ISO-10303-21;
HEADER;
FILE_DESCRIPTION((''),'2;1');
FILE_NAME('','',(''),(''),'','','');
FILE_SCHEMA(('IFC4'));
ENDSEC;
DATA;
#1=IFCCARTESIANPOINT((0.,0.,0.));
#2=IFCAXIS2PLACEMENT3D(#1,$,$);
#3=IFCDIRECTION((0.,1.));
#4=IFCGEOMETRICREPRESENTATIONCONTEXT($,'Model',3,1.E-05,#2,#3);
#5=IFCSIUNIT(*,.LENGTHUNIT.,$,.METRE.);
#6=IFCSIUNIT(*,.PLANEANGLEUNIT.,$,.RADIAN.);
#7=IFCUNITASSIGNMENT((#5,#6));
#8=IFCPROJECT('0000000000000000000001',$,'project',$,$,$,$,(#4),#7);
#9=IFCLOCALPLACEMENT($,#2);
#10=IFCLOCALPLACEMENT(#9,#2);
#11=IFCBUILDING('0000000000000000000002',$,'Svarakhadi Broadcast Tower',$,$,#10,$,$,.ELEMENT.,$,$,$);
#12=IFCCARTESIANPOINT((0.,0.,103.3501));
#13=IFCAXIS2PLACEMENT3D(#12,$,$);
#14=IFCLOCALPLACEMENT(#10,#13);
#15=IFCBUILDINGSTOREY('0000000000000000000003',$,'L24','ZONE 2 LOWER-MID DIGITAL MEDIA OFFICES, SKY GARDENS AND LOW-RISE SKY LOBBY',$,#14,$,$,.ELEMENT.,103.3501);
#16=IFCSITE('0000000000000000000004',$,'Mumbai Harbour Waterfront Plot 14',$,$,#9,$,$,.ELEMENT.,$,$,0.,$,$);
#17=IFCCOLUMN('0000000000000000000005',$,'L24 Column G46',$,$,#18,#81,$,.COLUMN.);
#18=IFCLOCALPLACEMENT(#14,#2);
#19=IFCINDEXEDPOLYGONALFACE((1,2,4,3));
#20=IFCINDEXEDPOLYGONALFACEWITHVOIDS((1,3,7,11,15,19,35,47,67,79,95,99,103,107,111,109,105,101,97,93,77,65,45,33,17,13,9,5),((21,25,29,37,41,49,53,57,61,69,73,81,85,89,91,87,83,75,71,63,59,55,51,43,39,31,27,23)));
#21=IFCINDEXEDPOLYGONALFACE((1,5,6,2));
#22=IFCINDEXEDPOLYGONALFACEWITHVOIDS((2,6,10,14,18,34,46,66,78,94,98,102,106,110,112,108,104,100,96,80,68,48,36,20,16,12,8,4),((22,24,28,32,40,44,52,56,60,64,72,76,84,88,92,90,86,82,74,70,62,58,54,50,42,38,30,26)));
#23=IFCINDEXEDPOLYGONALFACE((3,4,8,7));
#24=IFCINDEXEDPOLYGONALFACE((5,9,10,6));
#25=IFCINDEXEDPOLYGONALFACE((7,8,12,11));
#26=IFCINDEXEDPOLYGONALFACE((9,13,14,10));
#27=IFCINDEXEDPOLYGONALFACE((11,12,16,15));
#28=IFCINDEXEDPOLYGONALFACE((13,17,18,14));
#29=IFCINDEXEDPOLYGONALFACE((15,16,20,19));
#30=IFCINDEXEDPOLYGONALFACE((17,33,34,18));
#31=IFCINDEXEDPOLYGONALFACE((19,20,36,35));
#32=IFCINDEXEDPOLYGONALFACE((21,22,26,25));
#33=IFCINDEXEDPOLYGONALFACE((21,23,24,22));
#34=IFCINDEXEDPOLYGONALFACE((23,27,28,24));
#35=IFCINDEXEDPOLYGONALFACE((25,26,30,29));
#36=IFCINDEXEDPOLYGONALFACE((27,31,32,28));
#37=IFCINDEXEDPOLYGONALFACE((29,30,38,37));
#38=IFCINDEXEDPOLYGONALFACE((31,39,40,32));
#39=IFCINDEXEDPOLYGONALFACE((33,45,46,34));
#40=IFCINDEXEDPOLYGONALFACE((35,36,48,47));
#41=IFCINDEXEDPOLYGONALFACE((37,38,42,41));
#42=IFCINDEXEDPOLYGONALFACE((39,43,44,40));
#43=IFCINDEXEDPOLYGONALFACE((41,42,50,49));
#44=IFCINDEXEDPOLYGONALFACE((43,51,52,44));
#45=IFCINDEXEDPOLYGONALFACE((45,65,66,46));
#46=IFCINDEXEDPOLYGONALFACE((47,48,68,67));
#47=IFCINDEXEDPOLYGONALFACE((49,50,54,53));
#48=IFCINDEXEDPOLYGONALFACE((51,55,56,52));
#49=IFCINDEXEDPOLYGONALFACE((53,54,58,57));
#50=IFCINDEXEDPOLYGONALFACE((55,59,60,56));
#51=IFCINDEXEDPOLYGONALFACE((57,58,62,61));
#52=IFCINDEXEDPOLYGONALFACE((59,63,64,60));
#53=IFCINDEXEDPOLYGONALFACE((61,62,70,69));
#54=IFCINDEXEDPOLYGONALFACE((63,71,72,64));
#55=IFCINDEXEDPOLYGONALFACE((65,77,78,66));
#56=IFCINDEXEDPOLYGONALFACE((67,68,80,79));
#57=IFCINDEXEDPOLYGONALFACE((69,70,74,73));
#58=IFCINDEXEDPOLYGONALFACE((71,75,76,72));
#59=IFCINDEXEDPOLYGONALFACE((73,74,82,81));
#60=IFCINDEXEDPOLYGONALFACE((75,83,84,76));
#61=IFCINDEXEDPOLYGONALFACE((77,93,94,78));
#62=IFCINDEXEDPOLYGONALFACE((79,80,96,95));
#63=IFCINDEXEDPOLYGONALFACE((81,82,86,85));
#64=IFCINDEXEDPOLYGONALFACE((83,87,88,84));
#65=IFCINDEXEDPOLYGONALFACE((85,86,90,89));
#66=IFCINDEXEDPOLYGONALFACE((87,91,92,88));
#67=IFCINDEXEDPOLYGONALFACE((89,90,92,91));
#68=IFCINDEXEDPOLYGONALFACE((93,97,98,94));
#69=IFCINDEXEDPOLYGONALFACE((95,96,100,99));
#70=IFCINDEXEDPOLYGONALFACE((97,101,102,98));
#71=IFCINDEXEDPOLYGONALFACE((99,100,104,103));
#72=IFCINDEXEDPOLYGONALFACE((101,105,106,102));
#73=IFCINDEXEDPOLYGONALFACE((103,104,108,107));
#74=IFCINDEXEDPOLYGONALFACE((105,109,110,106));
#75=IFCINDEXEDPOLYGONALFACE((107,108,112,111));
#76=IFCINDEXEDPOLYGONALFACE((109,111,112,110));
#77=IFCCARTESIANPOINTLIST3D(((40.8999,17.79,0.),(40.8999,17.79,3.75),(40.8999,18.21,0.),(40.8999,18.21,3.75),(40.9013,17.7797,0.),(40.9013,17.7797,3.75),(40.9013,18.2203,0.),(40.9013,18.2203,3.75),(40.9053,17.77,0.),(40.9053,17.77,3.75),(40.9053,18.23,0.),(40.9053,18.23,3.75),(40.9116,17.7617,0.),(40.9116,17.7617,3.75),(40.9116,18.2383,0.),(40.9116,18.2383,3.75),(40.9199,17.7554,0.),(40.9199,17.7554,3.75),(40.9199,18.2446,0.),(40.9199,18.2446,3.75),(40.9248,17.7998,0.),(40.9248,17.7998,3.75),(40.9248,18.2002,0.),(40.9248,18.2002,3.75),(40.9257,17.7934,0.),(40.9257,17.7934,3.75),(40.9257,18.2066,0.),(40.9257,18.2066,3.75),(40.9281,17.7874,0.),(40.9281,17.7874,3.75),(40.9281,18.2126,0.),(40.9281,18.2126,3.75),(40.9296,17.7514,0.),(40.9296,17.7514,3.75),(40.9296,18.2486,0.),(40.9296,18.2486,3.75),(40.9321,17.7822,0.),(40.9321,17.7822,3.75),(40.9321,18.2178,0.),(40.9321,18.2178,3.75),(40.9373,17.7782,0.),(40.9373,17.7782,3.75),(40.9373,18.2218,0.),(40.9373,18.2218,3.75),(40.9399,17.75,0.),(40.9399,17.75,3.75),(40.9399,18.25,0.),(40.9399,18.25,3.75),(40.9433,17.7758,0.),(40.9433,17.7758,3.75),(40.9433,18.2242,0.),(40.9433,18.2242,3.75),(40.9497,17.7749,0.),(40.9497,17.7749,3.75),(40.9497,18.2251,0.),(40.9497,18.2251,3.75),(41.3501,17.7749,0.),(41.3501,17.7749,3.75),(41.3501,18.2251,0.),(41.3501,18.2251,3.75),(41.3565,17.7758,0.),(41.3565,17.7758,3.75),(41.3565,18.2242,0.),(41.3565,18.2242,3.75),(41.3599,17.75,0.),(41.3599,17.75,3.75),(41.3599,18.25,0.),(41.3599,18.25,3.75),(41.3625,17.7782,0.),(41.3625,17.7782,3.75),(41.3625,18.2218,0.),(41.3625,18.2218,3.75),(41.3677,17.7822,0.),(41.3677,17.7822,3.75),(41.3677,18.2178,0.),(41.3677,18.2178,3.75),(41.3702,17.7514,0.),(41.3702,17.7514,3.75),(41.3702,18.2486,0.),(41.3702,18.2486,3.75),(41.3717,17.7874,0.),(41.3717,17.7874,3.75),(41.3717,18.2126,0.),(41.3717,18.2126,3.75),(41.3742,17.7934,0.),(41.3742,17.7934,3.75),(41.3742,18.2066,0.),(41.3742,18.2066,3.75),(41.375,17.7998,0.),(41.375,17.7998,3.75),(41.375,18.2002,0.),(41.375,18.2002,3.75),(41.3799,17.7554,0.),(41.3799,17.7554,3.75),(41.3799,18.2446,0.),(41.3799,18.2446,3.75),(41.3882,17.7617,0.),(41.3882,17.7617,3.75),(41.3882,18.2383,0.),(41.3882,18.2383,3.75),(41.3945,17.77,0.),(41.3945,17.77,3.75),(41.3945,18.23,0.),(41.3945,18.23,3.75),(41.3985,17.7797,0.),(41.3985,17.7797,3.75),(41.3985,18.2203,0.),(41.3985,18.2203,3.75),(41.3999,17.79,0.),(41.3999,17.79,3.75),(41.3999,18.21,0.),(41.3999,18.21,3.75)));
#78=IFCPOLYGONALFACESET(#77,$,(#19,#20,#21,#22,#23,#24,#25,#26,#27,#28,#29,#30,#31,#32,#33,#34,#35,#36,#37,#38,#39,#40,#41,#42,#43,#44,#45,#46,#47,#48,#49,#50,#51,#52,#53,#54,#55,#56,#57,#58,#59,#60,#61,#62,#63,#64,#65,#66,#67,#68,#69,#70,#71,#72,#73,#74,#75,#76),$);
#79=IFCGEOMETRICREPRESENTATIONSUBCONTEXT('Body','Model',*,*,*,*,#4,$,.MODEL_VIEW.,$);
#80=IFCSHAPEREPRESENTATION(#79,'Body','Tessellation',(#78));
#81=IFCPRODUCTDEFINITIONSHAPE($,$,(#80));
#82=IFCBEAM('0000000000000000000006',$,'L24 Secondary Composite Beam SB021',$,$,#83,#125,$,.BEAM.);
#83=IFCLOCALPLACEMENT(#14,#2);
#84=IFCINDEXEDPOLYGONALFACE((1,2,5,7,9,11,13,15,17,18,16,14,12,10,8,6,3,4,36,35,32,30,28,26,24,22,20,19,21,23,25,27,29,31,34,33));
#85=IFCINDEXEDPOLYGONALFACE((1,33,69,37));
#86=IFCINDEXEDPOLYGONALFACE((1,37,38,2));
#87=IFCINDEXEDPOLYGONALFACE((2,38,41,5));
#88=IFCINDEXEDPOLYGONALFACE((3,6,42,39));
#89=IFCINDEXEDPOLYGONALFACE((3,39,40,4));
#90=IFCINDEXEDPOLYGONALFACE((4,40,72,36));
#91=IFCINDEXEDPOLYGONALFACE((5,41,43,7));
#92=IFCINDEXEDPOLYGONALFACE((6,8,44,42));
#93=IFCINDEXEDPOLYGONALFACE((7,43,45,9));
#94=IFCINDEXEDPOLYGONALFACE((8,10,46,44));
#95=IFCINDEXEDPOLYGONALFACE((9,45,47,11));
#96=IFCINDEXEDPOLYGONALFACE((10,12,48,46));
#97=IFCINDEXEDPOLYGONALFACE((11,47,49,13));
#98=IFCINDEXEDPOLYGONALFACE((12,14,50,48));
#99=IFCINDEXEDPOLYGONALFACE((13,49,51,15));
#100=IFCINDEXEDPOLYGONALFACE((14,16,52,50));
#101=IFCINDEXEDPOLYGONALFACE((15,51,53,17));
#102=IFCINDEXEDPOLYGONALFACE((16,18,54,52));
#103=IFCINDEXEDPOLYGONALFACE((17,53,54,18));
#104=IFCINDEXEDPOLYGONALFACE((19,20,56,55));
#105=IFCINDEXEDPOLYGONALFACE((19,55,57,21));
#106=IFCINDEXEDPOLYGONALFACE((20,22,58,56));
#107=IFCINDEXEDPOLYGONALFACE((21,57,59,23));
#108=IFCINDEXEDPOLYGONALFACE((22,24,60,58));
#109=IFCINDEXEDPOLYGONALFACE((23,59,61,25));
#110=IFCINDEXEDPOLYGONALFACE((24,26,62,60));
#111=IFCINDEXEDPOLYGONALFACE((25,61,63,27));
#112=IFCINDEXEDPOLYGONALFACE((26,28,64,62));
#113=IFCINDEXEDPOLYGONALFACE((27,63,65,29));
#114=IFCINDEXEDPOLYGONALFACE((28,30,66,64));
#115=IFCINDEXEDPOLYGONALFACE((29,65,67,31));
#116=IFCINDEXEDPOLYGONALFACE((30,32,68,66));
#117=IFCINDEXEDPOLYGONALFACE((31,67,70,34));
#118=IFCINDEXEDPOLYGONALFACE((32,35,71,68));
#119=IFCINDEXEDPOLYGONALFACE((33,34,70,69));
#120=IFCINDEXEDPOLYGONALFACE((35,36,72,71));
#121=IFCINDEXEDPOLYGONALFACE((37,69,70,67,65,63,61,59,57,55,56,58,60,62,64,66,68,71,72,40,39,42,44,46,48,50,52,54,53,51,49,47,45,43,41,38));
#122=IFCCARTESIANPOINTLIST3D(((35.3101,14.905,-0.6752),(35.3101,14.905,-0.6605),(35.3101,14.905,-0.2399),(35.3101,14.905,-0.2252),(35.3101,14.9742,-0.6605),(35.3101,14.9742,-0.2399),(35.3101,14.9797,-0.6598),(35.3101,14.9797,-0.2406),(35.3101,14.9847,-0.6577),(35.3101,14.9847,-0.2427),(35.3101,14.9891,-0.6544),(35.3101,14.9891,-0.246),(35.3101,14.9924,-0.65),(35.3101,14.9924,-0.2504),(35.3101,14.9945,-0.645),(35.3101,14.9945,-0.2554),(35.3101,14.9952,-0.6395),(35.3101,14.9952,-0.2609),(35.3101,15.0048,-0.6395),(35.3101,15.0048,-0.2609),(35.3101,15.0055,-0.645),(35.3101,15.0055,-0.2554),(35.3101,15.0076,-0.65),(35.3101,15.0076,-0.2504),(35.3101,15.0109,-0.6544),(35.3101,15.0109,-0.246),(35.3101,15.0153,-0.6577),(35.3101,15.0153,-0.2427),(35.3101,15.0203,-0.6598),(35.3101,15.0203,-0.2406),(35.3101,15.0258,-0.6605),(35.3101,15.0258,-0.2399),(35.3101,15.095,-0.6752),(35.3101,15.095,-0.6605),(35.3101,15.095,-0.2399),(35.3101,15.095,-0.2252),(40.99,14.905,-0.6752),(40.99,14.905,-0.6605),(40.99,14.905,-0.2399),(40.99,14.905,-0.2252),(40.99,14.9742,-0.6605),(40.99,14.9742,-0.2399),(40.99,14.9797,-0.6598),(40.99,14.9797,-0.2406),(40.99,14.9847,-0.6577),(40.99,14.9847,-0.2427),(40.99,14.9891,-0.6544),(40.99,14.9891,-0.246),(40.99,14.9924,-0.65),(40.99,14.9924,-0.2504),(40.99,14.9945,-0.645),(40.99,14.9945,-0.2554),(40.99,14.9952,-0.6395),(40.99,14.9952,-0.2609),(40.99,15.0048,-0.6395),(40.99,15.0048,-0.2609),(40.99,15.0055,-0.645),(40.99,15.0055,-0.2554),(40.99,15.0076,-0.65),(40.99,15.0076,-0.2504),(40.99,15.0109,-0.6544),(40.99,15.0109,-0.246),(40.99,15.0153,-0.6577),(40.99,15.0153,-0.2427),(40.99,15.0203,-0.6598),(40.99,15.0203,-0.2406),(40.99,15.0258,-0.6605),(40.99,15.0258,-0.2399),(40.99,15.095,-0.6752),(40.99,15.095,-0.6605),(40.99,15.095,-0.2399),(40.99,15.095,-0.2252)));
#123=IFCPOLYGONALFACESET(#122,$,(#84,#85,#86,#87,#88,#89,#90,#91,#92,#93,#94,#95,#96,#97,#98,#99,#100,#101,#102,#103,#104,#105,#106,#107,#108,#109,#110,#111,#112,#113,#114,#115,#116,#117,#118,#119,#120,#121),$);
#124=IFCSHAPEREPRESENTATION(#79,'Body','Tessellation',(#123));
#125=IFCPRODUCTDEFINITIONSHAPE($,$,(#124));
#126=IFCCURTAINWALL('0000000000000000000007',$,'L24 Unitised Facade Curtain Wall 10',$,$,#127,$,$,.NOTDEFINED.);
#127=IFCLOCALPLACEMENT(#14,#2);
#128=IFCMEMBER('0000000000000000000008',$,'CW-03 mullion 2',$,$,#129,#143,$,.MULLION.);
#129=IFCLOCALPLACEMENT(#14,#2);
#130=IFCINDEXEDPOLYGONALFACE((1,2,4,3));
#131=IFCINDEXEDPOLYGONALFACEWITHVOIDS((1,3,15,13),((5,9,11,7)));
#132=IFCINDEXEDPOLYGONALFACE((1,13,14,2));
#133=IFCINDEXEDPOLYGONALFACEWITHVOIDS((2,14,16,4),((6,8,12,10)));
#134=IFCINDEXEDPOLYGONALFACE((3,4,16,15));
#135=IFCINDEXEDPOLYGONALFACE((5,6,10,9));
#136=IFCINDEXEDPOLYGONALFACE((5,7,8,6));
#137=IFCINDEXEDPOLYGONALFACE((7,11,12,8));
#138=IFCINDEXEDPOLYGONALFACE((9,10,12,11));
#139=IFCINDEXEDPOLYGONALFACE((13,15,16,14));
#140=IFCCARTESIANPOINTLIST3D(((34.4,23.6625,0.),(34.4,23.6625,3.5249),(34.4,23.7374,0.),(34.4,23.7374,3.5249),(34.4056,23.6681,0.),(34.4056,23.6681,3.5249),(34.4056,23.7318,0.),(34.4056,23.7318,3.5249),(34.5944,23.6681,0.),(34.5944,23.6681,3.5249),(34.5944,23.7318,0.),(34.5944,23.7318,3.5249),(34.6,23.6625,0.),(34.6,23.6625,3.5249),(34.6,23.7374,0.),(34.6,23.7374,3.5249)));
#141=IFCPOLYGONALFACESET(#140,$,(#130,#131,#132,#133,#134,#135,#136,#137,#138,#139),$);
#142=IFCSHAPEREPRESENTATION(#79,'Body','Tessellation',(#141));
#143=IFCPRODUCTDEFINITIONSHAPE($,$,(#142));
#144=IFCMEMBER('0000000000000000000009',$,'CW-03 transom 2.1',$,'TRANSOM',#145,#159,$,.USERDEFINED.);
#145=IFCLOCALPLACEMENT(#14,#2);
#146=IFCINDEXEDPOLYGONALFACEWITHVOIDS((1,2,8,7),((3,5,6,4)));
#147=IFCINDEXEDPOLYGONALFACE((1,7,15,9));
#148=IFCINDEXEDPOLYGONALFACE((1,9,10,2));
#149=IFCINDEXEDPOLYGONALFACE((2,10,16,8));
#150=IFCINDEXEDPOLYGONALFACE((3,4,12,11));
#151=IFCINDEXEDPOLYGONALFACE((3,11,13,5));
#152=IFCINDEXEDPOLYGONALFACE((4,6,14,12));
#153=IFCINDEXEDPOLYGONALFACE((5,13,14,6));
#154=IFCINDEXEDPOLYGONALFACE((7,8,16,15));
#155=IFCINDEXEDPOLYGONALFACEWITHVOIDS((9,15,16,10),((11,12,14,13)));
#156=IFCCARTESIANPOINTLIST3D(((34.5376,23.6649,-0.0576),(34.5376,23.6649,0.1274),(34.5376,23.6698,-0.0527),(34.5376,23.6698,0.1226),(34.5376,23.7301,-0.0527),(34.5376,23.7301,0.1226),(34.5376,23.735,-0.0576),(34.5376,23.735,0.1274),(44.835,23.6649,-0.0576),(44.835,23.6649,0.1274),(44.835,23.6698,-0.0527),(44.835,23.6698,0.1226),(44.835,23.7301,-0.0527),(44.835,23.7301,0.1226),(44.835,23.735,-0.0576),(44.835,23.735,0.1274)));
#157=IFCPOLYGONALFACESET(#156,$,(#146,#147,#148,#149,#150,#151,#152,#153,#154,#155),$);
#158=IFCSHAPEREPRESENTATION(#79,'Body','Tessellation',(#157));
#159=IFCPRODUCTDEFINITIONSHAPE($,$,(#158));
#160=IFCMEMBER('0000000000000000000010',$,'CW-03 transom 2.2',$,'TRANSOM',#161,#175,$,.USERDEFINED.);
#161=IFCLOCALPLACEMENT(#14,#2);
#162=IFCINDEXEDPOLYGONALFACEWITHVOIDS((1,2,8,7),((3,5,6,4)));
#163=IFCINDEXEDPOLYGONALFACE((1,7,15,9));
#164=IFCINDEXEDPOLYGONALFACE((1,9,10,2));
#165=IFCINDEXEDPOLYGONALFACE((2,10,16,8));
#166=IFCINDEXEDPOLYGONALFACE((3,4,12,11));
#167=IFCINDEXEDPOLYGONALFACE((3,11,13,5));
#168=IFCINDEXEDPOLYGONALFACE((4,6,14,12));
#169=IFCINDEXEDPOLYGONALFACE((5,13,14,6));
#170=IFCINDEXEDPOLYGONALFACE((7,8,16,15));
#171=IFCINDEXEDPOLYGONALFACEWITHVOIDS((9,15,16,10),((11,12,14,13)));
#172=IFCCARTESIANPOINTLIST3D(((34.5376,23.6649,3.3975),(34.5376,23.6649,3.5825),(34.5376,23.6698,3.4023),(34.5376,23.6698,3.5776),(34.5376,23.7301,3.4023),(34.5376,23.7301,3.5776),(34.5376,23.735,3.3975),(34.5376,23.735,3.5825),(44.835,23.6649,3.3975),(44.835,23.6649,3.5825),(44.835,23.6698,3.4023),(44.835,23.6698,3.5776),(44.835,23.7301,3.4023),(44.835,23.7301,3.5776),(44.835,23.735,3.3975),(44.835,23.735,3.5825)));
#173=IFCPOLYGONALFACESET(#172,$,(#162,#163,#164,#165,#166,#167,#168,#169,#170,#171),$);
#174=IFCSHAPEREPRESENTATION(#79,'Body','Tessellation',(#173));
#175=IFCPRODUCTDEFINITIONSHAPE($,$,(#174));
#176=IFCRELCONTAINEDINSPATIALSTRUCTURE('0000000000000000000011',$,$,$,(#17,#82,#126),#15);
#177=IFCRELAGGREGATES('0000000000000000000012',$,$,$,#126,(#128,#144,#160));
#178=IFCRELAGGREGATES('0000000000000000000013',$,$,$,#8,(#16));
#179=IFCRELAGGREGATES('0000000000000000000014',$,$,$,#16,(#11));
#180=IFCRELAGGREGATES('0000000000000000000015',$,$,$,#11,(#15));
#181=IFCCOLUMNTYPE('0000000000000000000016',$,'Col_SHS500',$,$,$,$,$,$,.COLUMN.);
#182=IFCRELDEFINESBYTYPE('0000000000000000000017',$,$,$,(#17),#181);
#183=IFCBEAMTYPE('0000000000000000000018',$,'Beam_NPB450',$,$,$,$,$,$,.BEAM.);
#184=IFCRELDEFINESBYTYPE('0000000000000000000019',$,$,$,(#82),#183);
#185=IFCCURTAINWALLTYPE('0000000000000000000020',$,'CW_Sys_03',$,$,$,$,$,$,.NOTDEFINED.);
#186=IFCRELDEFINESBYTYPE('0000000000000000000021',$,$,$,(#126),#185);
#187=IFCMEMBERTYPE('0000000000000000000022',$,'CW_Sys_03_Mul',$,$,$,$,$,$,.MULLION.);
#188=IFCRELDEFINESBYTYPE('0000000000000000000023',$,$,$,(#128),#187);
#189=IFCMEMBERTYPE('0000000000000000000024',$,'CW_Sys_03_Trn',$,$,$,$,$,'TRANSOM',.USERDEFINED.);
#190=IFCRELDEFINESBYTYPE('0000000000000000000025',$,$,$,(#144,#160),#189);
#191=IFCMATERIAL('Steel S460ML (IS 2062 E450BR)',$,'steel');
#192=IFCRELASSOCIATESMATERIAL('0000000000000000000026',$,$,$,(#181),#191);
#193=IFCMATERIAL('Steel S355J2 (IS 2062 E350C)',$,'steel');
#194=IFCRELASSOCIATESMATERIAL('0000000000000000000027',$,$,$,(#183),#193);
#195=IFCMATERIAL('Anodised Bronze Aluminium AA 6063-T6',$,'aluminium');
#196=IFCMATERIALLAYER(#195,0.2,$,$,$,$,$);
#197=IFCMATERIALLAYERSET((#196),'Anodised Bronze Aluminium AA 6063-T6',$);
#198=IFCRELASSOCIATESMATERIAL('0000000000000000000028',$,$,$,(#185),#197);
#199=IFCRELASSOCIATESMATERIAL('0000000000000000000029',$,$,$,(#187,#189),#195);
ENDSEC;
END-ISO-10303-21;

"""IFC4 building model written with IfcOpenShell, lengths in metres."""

from ifc_helpers import new_model, si_unit, direction, frame, origin, origin_2d, place, context, subcontext, project, spatial, hollow_rectangle, i_section, extrude, material, layer, layer_set, material_profile, profile_set, type_object, element, aggregate, save


model = new_model("IFC4")

# Units and contexts
model_context = context("Model", 3, precision=1e-05, world=origin(), true_north=direction((0.0, 1.0)))
body_context = subcontext(model_context, "Body", "Model", "MODEL_VIEW")
ifc_project = project(units=[si_unit("LENGTHUNIT", "METRE"), si_unit("PLANEANGLEUNIT", "RADIAN")], contexts=[model_context])

# Site, building, storey
site_placement = place(None, origin())
site = spatial("IfcSite", under=ifc_project, at=site_placement, Name="Mumbai Harbour Waterfront Plot 14", CompositionType="ELEMENT", RefElevation=0.0)
building_placement = place(site_placement, origin())
building = spatial("IfcBuilding", under=site, at=building_placement, Name="Svarakhadi Broadcast Tower", CompositionType="ELEMENT")
storey_placement = place(building_placement, frame((0.0, 0.0, 103.3501)))
storey = spatial("IfcBuildingStorey", under=building, at=storey_placement, Name="L24", Description="ZONE 2 LOWER-MID DIGITAL MEDIA OFFICES, SKY GARDENS AND LOW-RISE SKY LOBBY", CompositionType="ELEMENT", Elevation=103.3501)

# Column
ifc_material_1 = material(Name="Steel S460ML (IS 2062 E450BR)", Category="steel")
ifc_material_profile_1 = material_profile(ifc_material_1, hollow_rectangle(XDim=0.5, YDim=0.5, WallThickness=0.0249, InnerFilletRadius=0.0249, OuterFilletRadius=0.04, at=origin_2d()), Name="SHS 500x500x25")
ifc_profile_set_1 = profile_set([ifc_material_profile_1], Name="Steel S460ML (IS 2062 E450BR)")
column_type_1 = type_object("IfcColumnType", Name="Col_SHS500", PredefinedType="COLUMN", material=ifc_profile_set_1)
for number, where, z_axis, x_axis, name in (
    (1, (41.1499, 18.0, 0.0), (0.0, 0.0, 1.0), (1.0, 0.0, 0.0), "L24 Column G46"),
):
    element("IfcColumn", number, at=place(storey_placement, frame(where, z_axis=z_axis, x_axis=x_axis)), inside=storey, type_object=column_type_1, Name=name, PredefinedType="COLUMN", context=body_context, shape_type="SweptSolid", body=[
        extrude(hollow_rectangle(XDim=0.5, YDim=0.5, WallThickness=0.0249, InnerFilletRadius=0.0249, OuterFilletRadius=0.04, at=origin_2d()), origin(), (0.0, 0.0, 1.0), 3.75),
    ])

# Beam
ifc_material_2 = material(Name="Steel S355J2 (IS 2062 E350C)", Category="steel")
ifc_material_profile_2 = material_profile(ifc_material_2, i_section(OverallWidth=0.1899, OverallDepth=0.45, WebThickness=0.0095, FlangeThickness=0.0146, FilletRadius=0.021, at=origin_2d()), Name="NPB 450x190x78")
ifc_profile_set_2 = profile_set([ifc_material_profile_2], Name="Steel S355J2 (IS 2062 E350C)")
beam_type_1 = type_object("IfcBeamType", Name="Beam_NPB450", PredefinedType="BEAM", material=ifc_profile_set_2)
beam_1_placement = place(storey_placement, frame((35.3101, 15.0, -0.4502), z_axis=(1.0, 0.0, 0.0), x_axis=(0.0, 1.0, 0.0)))
element("IfcBeam", 2, at=beam_1_placement, inside=storey, type_object=beam_type_1, Name="L24 Secondary Composite Beam SB021", PredefinedType="BEAM", context=body_context, shape_type="SweptSolid", body=[
    extrude(i_section(OverallWidth=0.1899, OverallDepth=0.45, WebThickness=0.0095, FlangeThickness=0.0146, FilletRadius=0.021, at=origin_2d()), origin(), (0.0, 0.0, 1.0), 5.6799),
])

# Curtain wall, members
ifc_material_3 = material(Name="Anodised Bronze Aluminium AA 6063-T6", Category="aluminium")
ifc_layer_1 = layer(ifc_material_3, 0.2)
ifc_layer_set_1 = layer_set([ifc_layer_1], Name="Anodised Bronze Aluminium AA 6063-T6")
curtain_wall_type = type_object("IfcCurtainWallType", Name="CW_Sys_03", PredefinedType="NOTDEFINED", material=ifc_layer_set_1)
curtain_wall_placement = place(storey_placement, origin())
curtain_wall = element("IfcCurtainWall", 3, at=curtain_wall_placement, inside=storey, type_object=curtain_wall_type, Name="L24 Unitised Facade Curtain Wall 10", PredefinedType="NOTDEFINED")
ifc_material_profile_3 = material_profile(ifc_material_3, hollow_rectangle(XDim=0.075, YDim=0.2, WallThickness=0.0056, at=origin_2d()), Name="ALU MULLION 200x75x6")
ifc_profile_set_3 = profile_set([ifc_material_profile_3], Name="Anodised Bronze Aluminium AA 6063-T6")
member_type_1 = type_object("IfcMemberType", Name="CW_Sys_03_Mul", PredefinedType="MULLION", material=ifc_profile_set_3)
member_1_placement = place(storey_placement, frame((34.5, 23.7, 0.0), z_axis=(0.0, 0.0, 1.0), x_axis=(0.0, 1.0, 0.0)))
member_1 = element("IfcMember", 4, at=member_1_placement, type_object=member_type_1, Name="CW-03 mullion 2", PredefinedType="MULLION", context=body_context, shape_type="SweptSolid", body=[
    extrude(hollow_rectangle(XDim=0.075, YDim=0.2, WallThickness=0.0056, at=origin_2d()), origin(), (0.0, 0.0, 1.0), 3.5249),
])
ifc_material_profile_4 = material_profile(ifc_material_3, hollow_rectangle(XDim=0.0701, YDim=0.1851, WallThickness=0.0049, at=origin_2d()), Name="ALU TRANSOM 185x70x5")
ifc_profile_set_4 = profile_set([ifc_material_profile_4], Name="Anodised Bronze Aluminium AA 6063-T6")
member_type_2 = type_object("IfcMemberType", Name="CW_Sys_03_Trn", ElementType="TRANSOM", PredefinedType="USERDEFINED", material=ifc_profile_set_4)
member_2_placement = place(storey_placement, frame((34.5376, 23.7, 0.0349), z_axis=(1.0, 0.0, 0.0), x_axis=(0.0, 1.0, 0.0)))
member_2 = element("IfcMember", 5, at=member_2_placement, type_object=member_type_2, Name="CW-03 transom 2.1", ObjectType="TRANSOM", PredefinedType="USERDEFINED", context=body_context, shape_type="SweptSolid", body=[
    extrude(hollow_rectangle(XDim=0.0701, YDim=0.1851, WallThickness=0.0049, at=origin_2d()), origin(), (0.0, 0.0, 1.0), 10.2974),
])
member_3_placement = place(storey_placement, frame((34.5376, 23.7, 3.49), z_axis=(1.0, 0.0, 0.0), x_axis=(0.0, 1.0, 0.0)))
member_3 = element("IfcMember", 6, at=member_3_placement, type_object=member_type_2, Name="CW-03 transom 2.2", ObjectType="TRANSOM", PredefinedType="USERDEFINED", context=body_context, shape_type="SweptSolid", body=[
    extrude(hollow_rectangle(XDim=0.0701, YDim=0.1851, WallThickness=0.0049, at=origin_2d()), origin(), (0.0, 0.0, 1.0), 10.2974),
])

aggregate(curtain_wall, [member_1, member_2, member_3])

save(model, "model.ifc")
